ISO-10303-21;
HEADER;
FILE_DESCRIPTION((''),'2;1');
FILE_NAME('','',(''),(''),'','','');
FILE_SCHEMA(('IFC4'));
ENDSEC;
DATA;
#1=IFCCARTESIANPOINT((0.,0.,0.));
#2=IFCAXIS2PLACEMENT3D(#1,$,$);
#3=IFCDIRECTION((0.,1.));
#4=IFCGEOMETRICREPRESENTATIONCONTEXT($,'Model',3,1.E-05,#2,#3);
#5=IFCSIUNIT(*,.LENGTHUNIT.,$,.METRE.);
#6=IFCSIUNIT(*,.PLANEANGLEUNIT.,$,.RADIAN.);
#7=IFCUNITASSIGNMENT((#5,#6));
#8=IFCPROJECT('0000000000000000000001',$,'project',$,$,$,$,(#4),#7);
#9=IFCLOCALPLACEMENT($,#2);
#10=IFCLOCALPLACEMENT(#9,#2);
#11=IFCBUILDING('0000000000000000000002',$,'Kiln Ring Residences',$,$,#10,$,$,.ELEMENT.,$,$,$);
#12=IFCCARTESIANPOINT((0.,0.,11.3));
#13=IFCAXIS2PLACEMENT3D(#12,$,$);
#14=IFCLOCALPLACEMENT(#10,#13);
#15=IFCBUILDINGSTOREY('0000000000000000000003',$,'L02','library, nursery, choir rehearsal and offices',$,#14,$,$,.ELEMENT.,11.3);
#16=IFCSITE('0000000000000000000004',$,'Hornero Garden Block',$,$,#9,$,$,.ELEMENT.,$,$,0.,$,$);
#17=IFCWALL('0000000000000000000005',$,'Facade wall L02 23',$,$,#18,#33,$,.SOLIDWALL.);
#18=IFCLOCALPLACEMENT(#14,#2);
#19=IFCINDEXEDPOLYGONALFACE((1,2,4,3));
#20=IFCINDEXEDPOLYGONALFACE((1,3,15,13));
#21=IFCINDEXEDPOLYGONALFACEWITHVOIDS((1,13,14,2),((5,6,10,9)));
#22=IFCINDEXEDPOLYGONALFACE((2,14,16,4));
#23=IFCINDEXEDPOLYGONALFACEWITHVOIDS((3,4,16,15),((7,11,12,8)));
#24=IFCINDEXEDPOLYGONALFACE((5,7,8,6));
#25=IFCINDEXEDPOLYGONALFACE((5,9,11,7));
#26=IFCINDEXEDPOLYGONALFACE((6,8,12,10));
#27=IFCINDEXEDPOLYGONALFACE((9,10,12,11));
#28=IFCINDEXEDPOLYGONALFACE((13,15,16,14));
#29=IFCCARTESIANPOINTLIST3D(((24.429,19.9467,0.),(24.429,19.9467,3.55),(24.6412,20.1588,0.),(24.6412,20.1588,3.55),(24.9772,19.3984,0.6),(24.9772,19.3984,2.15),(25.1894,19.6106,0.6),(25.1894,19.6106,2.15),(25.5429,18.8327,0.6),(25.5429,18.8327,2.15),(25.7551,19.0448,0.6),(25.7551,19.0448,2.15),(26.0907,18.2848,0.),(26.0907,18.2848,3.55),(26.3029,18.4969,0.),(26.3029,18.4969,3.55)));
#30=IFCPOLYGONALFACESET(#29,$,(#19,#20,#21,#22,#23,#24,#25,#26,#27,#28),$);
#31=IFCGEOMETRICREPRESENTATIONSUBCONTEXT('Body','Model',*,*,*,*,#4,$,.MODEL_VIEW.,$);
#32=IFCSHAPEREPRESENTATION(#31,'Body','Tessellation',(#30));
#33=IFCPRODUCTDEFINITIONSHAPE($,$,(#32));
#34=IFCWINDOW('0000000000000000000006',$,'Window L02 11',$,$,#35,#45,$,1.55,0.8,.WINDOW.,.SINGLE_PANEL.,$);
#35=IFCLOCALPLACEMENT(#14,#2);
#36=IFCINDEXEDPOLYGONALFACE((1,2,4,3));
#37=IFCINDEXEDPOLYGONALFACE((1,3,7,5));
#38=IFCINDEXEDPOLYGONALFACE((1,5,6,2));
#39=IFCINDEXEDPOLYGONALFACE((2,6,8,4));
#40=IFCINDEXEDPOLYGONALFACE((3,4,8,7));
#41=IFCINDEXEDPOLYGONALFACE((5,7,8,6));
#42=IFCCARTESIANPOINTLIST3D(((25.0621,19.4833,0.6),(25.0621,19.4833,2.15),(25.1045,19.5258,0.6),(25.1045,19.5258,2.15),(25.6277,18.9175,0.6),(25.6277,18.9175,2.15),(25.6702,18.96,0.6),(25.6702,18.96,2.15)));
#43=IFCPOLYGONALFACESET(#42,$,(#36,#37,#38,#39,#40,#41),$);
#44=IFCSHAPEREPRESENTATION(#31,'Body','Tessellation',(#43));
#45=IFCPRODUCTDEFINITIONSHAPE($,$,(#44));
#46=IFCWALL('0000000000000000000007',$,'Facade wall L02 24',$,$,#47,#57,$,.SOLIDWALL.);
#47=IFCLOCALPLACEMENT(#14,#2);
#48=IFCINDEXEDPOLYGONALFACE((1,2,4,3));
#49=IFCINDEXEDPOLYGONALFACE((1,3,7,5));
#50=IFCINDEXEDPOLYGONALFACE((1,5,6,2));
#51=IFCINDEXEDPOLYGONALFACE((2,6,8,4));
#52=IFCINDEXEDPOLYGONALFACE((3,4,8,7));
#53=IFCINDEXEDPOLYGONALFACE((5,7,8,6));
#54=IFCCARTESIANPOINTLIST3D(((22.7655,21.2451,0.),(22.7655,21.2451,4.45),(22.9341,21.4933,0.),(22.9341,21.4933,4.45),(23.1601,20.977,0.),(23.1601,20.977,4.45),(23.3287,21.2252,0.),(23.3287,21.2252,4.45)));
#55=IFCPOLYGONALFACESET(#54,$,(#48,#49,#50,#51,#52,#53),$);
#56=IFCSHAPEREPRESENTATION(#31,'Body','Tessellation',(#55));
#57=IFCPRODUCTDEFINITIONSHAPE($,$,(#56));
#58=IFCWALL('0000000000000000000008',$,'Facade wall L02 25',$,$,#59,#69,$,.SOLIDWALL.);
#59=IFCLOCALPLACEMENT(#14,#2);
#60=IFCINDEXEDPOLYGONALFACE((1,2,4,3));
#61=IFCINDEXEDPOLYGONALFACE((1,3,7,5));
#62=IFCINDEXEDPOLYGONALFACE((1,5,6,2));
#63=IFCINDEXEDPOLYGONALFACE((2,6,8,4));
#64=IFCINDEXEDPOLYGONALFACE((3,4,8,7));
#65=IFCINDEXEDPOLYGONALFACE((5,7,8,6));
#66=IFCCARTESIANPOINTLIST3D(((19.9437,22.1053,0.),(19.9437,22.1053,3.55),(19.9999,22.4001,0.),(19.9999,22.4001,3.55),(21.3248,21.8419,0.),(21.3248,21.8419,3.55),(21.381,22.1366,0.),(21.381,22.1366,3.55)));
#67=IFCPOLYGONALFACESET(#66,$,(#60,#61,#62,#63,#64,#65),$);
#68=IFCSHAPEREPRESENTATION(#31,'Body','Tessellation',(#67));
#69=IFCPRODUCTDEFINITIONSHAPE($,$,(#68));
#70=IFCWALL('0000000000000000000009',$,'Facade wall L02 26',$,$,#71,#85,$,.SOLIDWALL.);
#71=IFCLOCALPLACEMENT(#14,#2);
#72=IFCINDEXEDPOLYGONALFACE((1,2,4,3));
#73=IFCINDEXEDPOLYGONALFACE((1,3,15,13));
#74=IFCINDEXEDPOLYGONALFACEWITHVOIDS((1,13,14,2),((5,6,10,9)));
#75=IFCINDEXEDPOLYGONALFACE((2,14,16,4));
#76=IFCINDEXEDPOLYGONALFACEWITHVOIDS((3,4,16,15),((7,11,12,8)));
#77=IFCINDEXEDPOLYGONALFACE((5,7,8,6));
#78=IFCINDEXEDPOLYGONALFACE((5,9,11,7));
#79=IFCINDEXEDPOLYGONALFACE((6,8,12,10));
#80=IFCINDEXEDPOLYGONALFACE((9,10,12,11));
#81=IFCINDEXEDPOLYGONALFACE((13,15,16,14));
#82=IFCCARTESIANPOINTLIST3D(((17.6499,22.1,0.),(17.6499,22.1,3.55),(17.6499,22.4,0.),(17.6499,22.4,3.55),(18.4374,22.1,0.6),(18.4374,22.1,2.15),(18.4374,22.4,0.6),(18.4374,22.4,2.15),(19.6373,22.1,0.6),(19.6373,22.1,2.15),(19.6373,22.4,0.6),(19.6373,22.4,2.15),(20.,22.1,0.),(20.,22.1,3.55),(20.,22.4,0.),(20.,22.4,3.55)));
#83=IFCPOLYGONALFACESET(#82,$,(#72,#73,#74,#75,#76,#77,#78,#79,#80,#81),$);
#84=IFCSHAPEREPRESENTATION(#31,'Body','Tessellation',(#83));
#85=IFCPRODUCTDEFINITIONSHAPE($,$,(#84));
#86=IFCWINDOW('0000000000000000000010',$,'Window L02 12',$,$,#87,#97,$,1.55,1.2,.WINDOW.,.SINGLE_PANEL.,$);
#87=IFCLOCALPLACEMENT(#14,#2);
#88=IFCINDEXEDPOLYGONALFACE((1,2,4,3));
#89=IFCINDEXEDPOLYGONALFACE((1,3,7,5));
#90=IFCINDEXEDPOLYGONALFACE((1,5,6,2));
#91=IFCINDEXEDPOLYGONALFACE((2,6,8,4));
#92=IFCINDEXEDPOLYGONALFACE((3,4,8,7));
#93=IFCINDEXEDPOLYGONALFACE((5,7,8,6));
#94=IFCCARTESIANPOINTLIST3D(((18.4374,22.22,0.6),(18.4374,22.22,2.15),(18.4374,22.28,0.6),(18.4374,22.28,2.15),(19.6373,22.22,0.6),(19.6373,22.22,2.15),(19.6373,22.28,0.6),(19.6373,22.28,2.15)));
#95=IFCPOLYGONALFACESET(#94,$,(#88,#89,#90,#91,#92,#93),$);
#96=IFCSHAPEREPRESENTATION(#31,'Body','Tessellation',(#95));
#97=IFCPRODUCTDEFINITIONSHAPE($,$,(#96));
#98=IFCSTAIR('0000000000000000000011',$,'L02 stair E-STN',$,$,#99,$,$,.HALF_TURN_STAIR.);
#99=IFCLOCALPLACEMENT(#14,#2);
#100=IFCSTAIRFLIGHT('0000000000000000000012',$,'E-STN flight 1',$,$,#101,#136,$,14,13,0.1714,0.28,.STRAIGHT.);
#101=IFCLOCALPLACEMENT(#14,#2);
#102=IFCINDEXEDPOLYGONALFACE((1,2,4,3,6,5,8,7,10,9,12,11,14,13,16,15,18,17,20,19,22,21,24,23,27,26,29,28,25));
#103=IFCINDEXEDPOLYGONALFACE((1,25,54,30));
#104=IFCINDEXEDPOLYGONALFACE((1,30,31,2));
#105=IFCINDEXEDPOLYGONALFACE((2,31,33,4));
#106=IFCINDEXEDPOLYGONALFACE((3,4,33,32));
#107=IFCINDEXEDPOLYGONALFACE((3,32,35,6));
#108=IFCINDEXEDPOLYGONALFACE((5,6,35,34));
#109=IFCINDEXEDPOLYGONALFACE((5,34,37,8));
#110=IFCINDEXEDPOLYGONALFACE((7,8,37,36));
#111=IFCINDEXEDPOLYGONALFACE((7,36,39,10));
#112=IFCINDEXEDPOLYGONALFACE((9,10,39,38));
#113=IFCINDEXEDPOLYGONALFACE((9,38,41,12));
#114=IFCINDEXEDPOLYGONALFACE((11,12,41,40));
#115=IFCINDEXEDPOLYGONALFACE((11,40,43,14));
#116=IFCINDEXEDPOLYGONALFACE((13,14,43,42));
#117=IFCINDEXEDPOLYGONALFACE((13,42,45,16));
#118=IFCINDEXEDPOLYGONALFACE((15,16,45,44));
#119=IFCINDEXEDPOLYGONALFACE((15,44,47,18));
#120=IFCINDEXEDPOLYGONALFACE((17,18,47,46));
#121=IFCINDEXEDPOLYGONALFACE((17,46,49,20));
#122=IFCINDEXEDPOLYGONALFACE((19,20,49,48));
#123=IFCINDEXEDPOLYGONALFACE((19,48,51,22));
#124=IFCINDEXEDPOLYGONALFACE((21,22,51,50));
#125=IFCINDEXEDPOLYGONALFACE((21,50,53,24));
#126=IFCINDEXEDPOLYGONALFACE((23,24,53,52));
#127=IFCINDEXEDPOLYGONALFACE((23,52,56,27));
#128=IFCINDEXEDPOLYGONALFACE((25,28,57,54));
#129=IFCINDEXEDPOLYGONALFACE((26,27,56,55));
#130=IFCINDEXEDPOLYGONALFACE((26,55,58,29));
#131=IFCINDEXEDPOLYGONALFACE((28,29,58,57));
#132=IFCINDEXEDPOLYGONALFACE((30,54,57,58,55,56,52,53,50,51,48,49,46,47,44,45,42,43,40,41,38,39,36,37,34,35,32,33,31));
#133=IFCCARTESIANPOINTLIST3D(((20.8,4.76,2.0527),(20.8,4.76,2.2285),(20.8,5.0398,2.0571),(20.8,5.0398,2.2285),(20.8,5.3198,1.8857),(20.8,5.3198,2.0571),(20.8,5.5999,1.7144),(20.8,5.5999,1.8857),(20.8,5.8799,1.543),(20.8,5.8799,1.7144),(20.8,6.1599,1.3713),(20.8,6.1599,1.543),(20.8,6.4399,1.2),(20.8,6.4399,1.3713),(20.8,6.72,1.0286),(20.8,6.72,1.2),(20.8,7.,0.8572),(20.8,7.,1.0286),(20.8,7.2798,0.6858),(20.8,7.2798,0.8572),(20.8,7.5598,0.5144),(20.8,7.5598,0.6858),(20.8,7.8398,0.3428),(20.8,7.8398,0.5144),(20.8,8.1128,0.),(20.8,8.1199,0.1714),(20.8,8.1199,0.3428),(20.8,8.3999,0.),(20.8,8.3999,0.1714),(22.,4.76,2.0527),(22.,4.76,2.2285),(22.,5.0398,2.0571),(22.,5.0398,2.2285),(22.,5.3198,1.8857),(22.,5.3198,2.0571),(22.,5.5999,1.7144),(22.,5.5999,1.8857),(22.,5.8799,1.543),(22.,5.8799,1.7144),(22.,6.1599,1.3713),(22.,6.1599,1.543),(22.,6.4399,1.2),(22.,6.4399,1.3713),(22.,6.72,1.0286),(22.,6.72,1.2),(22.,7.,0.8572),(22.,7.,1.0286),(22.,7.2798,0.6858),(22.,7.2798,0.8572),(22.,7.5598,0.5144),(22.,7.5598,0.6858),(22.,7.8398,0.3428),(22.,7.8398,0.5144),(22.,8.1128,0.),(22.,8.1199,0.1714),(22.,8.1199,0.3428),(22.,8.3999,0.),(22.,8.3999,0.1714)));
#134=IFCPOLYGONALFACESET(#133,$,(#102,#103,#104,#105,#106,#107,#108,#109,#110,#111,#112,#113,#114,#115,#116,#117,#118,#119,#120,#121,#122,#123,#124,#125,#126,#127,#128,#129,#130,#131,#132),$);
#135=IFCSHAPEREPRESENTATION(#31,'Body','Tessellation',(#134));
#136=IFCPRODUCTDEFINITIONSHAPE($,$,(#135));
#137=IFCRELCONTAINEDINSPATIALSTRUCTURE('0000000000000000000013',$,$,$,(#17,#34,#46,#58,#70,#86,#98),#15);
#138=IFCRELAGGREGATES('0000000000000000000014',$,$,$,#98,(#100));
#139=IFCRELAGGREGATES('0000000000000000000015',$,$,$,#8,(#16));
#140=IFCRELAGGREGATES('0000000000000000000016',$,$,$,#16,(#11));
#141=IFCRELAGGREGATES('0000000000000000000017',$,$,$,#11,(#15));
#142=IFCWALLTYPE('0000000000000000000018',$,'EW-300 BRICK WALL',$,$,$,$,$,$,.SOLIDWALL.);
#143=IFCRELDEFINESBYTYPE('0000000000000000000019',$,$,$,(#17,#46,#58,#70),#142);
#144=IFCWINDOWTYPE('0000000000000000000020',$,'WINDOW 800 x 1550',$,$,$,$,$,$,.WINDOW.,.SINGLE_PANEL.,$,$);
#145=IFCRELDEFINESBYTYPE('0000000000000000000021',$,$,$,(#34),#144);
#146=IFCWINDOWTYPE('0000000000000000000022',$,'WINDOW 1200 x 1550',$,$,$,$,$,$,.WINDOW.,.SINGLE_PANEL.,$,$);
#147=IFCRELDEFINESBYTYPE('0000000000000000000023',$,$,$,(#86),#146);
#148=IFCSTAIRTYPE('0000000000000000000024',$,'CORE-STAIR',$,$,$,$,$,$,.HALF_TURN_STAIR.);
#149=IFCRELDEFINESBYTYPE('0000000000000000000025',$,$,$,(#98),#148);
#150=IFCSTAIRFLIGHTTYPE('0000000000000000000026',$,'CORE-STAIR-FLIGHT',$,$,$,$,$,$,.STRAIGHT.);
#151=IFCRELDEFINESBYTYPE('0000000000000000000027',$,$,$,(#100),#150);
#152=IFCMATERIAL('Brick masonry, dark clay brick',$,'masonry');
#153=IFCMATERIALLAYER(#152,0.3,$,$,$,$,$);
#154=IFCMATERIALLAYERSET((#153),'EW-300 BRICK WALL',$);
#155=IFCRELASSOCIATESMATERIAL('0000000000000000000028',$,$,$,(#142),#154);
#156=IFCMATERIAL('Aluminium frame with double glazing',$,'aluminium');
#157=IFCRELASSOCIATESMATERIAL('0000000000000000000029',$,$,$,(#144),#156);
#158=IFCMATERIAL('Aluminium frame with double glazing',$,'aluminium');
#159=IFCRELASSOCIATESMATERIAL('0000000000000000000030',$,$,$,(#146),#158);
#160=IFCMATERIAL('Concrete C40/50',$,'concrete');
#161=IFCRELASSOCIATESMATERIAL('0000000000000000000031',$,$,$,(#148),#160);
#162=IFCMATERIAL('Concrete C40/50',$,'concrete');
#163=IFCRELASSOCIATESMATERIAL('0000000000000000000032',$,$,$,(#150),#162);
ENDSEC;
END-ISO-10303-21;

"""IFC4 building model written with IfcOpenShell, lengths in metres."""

from ifc_helpers import new_model, si_unit, direction, frame, frame_2d, origin, place, context, subcontext, project, spatial, polyline, rectangle, outline, extrude, material, layer, layer_set, type_object, element, fill, aggregate, save


model = new_model("IFC4")

# Units and contexts
model_context = context("Model", 3, precision=1e-05, world=origin(), true_north=direction((0.0, 1.0)))
body_context = subcontext(model_context, "Body", "Model", "MODEL_VIEW")
ifc_project = project(units=[si_unit("LENGTHUNIT", "METRE"), si_unit("PLANEANGLEUNIT", "RADIAN")], contexts=[model_context])

# Site, building, storey
site_placement = place(None, origin())
site = spatial("IfcSite", under=ifc_project, at=site_placement, Name="Hornero Garden Block", CompositionType="ELEMENT", RefElevation=0.0)
building_placement = place(site_placement, origin())
building = spatial("IfcBuilding", under=site, at=building_placement, Name="Kiln Ring Residences", CompositionType="ELEMENT")
storey_placement = place(building_placement, frame((0.0, 0.0, 11.3)))
storey = spatial("IfcBuildingStorey", under=building, at=storey_placement, Name="L02", Description="library, nursery, choir rehearsal and offices", CompositionType="ELEMENT", Elevation=11.3)

# Shared definitions
ifc_material_1 = material(Name="Brick masonry, dark clay brick", Category="masonry")
ifc_layer_1 = layer(ifc_material_1, 0.3)
ifc_layer_set_1 = layer_set([ifc_layer_1], Name="EW-300 BRICK WALL")
wall_type_1 = type_object("IfcWallType", Name="EW-300 BRICK WALL", PredefinedType="SOLIDWALL", material=ifc_layer_set_1)

# Wall, opening, window
wall_1_placement = place(storey_placement, frame((26.1968, 18.3909, 0.0), z_axis=(0.0, 0.0, 1.0), x_axis=(-0.707055, 0.707159, 0.0)))
wall_1 = element("IfcWall", 1, at=wall_1_placement, inside=storey, type_object=wall_type_1, Name="Facade wall L02 23", PredefinedType="SOLIDWALL", context=body_context, shape_type="SweptSolid", body=[
    extrude(rectangle(XDim=2.3501, YDim=0.3, at=frame_2d((1.175, 0.0))), origin(), (0.0, 0.0, 1.0), 3.55),
])
opening_1_placement = place(wall_1_placement, frame((0.7749, 0.0, 0.6001)))
opening_1 = element("IfcOpeningElement", 2, at=opening_1_placement, cuts=wall_1, PredefinedType="OPENING", context=body_context, shape_type="SweptSolid", body=[
    extrude(rectangle(XDim=0.8, YDim=1.55, at=frame_2d((0.3999, 0.7749))), frame((0.0, 0.1599, 0.0), z_axis=(0.0, -1.0, 0.0), x_axis=(1.0, 0.0, 0.0)), (0.0, 0.0, 1.0), 0.3201),
])
ifc_material_2 = material(Name="Aluminium frame with double glazing", Category="aluminium")
window_type_1 = type_object("IfcWindowType", Name="WINDOW 800 x 1550", PartitioningType="SINGLE_PANEL", PredefinedType="WINDOW", material=ifc_material_2)
window_1_placement = place(opening_1_placement, origin())
window_1 = element("IfcWindow", 3, at=window_1_placement, inside=storey, type_object=window_type_1, Name="Window L02 11", OverallHeight=1.55, OverallWidth=0.8, PartitioningType="SINGLE_PANEL", PredefinedType="WINDOW", context=body_context, shape_type="SweptSolid", body=[
    extrude(rectangle(XDim=0.8, YDim=1.55, at=frame_2d((0.3999, 0.7749))), frame((0.0, 0.03, 0.0), z_axis=(0.0, -1.0, 0.0), x_axis=(1.0, 0.0, 0.0)), (0.0, 0.0, 1.0), 0.0601),
])
fill(opening_1, window_1)

# Walls
wall_2_placement = place(storey_placement, frame((23.2444, 21.1011, 0.0), z_axis=(0.0, 0.0, 1.0), x_axis=(-0.827136, 0.562002, 0.0)))
element("IfcWall", 4, at=wall_2_placement, inside=storey, type_object=wall_type_1, Name="Facade wall L02 24", PredefinedType="SOLIDWALL", context=body_context, shape_type="SweptSolid", body=[
    extrude(rectangle(XDim=0.4771, YDim=0.3, at=frame_2d((0.2385, 0.0))), origin(), (0.0, 0.0, 1.0), 4.45),
])
wall_3_placement = place(storey_placement, frame((21.353, 21.9893, 0.0), z_axis=(0.0, 0.0, 1.0), x_axis=(-0.982291, 0.187359, 0.0)))
element("IfcWall", 5, at=wall_3_placement, inside=storey, type_object=wall_type_1, Name="Facade wall L02 25", PredefinedType="SOLIDWALL", context=body_context, shape_type="SweptSolid", body=[
    extrude(rectangle(XDim=1.406, YDim=0.3, at=frame_2d((0.7031, 0.0))), origin(), (0.0, 0.0, 1.0), 3.55),
])

# Wall, opening, window
wall_4_placement = place(storey_placement, frame((20.0, 22.25, 0.0), z_axis=(0.0, 0.0, 1.0), x_axis=(-1.0, 0.0, 0.0)))
wall_4 = element("IfcWall", 6, at=wall_4_placement, inside=storey, type_object=wall_type_1, Name="Facade wall L02 26", PredefinedType="SOLIDWALL", context=body_context, shape_type="SweptSolid", body=[
    extrude(rectangle(XDim=2.3501, YDim=0.3, at=frame_2d((1.175, 0.0))), origin(), (0.0, 0.0, 1.0), 3.55),
])
opening_2_placement = place(wall_4_placement, frame((0.3625, 0.0, 0.6001)))
opening_2 = element("IfcOpeningElement", 7, at=opening_2_placement, cuts=wall_4, PredefinedType="OPENING", context=body_context, shape_type="SweptSolid", body=[
    extrude(rectangle(XDim=1.2, YDim=1.55, at=frame_2d((0.6001, 0.7749))), frame((0.0, 0.1599, 0.0), z_axis=(0.0, -1.0, 0.0), x_axis=(1.0, 0.0, 0.0)), (0.0, 0.0, 1.0), 0.3201),
])
ifc_material_3 = material(Name="Aluminium frame with double glazing", Category="aluminium")
window_type_2 = type_object("IfcWindowType", Name="WINDOW 1200 x 1550", PartitioningType="SINGLE_PANEL", PredefinedType="WINDOW", material=ifc_material_3)
window_2_placement = place(opening_2_placement, origin())
window_2 = element("IfcWindow", 8, at=window_2_placement, inside=storey, type_object=window_type_2, Name="Window L02 12", OverallHeight=1.55, OverallWidth=1.2, PartitioningType="SINGLE_PANEL", PredefinedType="WINDOW", context=body_context, shape_type="SweptSolid", body=[
    extrude(rectangle(XDim=1.2, YDim=1.55, at=frame_2d((0.6001, 0.7749))), frame((0.0, 0.03, 0.0), z_axis=(0.0, -1.0, 0.0), x_axis=(1.0, 0.0, 0.0)), (0.0, 0.0, 1.0), 0.0601),
])
fill(opening_2, window_2)

# Stair, stair flight
ifc_material_4 = material(Name="Concrete C40/50", Category="concrete")
stair_type = type_object("IfcStairType", Name="CORE-STAIR", PredefinedType="HALF_TURN_STAIR", material=ifc_material_4)
stair_placement = place(storey_placement, origin())
stair = element("IfcStair", 9, at=stair_placement, inside=storey, type_object=stair_type, Name="L02 stair E-STN", PredefinedType="HALF_TURN_STAIR")
ifc_material_5 = material(Name="Concrete C40/50", Category="concrete")
stair_flight_type = type_object("IfcStairFlightType", Name="CORE-STAIR-FLIGHT", PredefinedType="STRAIGHT", material=ifc_material_5)
stair_flight_placement = place(storey_placement, frame((21.3999, 8.3999, 0.0), z_axis=(0.0, 0.0, 1.0), x_axis=(0.0, -1.0, 0.0)))
stair_flight = element("IfcStairFlight", 10, at=stair_flight_placement, type_object=stair_flight_type, Name="E-STN flight 1", NumberOfRisers=14, NumberOfTreads=13, PredefinedType="STRAIGHT", RiserHeight=0.1714, TreadLength=0.28, context=body_context, shape_type="SweptSolid", body=[
    extrude(outline(polyline([(0.0, 0.0), (0.0, 0.1714), (0.28, 0.1714), (0.28, 0.3428), (0.5601, 0.3428), (0.5601, 0.5144), (0.8401, 0.5144), (0.8401, 0.6858), (1.1201, 0.6858), (1.1201, 0.8572), (1.3999, 0.8572), (1.3999, 1.0286), (1.6799, 1.0286), (1.6799, 1.2), (1.96, 1.2), (1.96, 1.3713), (2.24, 1.3713), (2.24, 1.543), (2.52, 1.543), (2.52, 1.7144), (2.8, 1.7144), (2.8, 1.8857), (3.0801, 1.8857), (3.0801, 2.0571), (3.3601, 2.0571), (3.3601, 2.2285), (3.6399, 2.2285), (3.6399, 2.3999), (3.6399, 2.0527), (0.2871, 0.0), (0.0, 0.0)])), frame((0.0, 0.6001, 0.0), z_axis=(0.0, -1.0, 0.0), x_axis=(1.0, 0.0, 0.0)), (0.0, 0.0, 1.0), 1.2),
])
aggregate(stair, [stair_flight])

save(model, "model.ifc")
